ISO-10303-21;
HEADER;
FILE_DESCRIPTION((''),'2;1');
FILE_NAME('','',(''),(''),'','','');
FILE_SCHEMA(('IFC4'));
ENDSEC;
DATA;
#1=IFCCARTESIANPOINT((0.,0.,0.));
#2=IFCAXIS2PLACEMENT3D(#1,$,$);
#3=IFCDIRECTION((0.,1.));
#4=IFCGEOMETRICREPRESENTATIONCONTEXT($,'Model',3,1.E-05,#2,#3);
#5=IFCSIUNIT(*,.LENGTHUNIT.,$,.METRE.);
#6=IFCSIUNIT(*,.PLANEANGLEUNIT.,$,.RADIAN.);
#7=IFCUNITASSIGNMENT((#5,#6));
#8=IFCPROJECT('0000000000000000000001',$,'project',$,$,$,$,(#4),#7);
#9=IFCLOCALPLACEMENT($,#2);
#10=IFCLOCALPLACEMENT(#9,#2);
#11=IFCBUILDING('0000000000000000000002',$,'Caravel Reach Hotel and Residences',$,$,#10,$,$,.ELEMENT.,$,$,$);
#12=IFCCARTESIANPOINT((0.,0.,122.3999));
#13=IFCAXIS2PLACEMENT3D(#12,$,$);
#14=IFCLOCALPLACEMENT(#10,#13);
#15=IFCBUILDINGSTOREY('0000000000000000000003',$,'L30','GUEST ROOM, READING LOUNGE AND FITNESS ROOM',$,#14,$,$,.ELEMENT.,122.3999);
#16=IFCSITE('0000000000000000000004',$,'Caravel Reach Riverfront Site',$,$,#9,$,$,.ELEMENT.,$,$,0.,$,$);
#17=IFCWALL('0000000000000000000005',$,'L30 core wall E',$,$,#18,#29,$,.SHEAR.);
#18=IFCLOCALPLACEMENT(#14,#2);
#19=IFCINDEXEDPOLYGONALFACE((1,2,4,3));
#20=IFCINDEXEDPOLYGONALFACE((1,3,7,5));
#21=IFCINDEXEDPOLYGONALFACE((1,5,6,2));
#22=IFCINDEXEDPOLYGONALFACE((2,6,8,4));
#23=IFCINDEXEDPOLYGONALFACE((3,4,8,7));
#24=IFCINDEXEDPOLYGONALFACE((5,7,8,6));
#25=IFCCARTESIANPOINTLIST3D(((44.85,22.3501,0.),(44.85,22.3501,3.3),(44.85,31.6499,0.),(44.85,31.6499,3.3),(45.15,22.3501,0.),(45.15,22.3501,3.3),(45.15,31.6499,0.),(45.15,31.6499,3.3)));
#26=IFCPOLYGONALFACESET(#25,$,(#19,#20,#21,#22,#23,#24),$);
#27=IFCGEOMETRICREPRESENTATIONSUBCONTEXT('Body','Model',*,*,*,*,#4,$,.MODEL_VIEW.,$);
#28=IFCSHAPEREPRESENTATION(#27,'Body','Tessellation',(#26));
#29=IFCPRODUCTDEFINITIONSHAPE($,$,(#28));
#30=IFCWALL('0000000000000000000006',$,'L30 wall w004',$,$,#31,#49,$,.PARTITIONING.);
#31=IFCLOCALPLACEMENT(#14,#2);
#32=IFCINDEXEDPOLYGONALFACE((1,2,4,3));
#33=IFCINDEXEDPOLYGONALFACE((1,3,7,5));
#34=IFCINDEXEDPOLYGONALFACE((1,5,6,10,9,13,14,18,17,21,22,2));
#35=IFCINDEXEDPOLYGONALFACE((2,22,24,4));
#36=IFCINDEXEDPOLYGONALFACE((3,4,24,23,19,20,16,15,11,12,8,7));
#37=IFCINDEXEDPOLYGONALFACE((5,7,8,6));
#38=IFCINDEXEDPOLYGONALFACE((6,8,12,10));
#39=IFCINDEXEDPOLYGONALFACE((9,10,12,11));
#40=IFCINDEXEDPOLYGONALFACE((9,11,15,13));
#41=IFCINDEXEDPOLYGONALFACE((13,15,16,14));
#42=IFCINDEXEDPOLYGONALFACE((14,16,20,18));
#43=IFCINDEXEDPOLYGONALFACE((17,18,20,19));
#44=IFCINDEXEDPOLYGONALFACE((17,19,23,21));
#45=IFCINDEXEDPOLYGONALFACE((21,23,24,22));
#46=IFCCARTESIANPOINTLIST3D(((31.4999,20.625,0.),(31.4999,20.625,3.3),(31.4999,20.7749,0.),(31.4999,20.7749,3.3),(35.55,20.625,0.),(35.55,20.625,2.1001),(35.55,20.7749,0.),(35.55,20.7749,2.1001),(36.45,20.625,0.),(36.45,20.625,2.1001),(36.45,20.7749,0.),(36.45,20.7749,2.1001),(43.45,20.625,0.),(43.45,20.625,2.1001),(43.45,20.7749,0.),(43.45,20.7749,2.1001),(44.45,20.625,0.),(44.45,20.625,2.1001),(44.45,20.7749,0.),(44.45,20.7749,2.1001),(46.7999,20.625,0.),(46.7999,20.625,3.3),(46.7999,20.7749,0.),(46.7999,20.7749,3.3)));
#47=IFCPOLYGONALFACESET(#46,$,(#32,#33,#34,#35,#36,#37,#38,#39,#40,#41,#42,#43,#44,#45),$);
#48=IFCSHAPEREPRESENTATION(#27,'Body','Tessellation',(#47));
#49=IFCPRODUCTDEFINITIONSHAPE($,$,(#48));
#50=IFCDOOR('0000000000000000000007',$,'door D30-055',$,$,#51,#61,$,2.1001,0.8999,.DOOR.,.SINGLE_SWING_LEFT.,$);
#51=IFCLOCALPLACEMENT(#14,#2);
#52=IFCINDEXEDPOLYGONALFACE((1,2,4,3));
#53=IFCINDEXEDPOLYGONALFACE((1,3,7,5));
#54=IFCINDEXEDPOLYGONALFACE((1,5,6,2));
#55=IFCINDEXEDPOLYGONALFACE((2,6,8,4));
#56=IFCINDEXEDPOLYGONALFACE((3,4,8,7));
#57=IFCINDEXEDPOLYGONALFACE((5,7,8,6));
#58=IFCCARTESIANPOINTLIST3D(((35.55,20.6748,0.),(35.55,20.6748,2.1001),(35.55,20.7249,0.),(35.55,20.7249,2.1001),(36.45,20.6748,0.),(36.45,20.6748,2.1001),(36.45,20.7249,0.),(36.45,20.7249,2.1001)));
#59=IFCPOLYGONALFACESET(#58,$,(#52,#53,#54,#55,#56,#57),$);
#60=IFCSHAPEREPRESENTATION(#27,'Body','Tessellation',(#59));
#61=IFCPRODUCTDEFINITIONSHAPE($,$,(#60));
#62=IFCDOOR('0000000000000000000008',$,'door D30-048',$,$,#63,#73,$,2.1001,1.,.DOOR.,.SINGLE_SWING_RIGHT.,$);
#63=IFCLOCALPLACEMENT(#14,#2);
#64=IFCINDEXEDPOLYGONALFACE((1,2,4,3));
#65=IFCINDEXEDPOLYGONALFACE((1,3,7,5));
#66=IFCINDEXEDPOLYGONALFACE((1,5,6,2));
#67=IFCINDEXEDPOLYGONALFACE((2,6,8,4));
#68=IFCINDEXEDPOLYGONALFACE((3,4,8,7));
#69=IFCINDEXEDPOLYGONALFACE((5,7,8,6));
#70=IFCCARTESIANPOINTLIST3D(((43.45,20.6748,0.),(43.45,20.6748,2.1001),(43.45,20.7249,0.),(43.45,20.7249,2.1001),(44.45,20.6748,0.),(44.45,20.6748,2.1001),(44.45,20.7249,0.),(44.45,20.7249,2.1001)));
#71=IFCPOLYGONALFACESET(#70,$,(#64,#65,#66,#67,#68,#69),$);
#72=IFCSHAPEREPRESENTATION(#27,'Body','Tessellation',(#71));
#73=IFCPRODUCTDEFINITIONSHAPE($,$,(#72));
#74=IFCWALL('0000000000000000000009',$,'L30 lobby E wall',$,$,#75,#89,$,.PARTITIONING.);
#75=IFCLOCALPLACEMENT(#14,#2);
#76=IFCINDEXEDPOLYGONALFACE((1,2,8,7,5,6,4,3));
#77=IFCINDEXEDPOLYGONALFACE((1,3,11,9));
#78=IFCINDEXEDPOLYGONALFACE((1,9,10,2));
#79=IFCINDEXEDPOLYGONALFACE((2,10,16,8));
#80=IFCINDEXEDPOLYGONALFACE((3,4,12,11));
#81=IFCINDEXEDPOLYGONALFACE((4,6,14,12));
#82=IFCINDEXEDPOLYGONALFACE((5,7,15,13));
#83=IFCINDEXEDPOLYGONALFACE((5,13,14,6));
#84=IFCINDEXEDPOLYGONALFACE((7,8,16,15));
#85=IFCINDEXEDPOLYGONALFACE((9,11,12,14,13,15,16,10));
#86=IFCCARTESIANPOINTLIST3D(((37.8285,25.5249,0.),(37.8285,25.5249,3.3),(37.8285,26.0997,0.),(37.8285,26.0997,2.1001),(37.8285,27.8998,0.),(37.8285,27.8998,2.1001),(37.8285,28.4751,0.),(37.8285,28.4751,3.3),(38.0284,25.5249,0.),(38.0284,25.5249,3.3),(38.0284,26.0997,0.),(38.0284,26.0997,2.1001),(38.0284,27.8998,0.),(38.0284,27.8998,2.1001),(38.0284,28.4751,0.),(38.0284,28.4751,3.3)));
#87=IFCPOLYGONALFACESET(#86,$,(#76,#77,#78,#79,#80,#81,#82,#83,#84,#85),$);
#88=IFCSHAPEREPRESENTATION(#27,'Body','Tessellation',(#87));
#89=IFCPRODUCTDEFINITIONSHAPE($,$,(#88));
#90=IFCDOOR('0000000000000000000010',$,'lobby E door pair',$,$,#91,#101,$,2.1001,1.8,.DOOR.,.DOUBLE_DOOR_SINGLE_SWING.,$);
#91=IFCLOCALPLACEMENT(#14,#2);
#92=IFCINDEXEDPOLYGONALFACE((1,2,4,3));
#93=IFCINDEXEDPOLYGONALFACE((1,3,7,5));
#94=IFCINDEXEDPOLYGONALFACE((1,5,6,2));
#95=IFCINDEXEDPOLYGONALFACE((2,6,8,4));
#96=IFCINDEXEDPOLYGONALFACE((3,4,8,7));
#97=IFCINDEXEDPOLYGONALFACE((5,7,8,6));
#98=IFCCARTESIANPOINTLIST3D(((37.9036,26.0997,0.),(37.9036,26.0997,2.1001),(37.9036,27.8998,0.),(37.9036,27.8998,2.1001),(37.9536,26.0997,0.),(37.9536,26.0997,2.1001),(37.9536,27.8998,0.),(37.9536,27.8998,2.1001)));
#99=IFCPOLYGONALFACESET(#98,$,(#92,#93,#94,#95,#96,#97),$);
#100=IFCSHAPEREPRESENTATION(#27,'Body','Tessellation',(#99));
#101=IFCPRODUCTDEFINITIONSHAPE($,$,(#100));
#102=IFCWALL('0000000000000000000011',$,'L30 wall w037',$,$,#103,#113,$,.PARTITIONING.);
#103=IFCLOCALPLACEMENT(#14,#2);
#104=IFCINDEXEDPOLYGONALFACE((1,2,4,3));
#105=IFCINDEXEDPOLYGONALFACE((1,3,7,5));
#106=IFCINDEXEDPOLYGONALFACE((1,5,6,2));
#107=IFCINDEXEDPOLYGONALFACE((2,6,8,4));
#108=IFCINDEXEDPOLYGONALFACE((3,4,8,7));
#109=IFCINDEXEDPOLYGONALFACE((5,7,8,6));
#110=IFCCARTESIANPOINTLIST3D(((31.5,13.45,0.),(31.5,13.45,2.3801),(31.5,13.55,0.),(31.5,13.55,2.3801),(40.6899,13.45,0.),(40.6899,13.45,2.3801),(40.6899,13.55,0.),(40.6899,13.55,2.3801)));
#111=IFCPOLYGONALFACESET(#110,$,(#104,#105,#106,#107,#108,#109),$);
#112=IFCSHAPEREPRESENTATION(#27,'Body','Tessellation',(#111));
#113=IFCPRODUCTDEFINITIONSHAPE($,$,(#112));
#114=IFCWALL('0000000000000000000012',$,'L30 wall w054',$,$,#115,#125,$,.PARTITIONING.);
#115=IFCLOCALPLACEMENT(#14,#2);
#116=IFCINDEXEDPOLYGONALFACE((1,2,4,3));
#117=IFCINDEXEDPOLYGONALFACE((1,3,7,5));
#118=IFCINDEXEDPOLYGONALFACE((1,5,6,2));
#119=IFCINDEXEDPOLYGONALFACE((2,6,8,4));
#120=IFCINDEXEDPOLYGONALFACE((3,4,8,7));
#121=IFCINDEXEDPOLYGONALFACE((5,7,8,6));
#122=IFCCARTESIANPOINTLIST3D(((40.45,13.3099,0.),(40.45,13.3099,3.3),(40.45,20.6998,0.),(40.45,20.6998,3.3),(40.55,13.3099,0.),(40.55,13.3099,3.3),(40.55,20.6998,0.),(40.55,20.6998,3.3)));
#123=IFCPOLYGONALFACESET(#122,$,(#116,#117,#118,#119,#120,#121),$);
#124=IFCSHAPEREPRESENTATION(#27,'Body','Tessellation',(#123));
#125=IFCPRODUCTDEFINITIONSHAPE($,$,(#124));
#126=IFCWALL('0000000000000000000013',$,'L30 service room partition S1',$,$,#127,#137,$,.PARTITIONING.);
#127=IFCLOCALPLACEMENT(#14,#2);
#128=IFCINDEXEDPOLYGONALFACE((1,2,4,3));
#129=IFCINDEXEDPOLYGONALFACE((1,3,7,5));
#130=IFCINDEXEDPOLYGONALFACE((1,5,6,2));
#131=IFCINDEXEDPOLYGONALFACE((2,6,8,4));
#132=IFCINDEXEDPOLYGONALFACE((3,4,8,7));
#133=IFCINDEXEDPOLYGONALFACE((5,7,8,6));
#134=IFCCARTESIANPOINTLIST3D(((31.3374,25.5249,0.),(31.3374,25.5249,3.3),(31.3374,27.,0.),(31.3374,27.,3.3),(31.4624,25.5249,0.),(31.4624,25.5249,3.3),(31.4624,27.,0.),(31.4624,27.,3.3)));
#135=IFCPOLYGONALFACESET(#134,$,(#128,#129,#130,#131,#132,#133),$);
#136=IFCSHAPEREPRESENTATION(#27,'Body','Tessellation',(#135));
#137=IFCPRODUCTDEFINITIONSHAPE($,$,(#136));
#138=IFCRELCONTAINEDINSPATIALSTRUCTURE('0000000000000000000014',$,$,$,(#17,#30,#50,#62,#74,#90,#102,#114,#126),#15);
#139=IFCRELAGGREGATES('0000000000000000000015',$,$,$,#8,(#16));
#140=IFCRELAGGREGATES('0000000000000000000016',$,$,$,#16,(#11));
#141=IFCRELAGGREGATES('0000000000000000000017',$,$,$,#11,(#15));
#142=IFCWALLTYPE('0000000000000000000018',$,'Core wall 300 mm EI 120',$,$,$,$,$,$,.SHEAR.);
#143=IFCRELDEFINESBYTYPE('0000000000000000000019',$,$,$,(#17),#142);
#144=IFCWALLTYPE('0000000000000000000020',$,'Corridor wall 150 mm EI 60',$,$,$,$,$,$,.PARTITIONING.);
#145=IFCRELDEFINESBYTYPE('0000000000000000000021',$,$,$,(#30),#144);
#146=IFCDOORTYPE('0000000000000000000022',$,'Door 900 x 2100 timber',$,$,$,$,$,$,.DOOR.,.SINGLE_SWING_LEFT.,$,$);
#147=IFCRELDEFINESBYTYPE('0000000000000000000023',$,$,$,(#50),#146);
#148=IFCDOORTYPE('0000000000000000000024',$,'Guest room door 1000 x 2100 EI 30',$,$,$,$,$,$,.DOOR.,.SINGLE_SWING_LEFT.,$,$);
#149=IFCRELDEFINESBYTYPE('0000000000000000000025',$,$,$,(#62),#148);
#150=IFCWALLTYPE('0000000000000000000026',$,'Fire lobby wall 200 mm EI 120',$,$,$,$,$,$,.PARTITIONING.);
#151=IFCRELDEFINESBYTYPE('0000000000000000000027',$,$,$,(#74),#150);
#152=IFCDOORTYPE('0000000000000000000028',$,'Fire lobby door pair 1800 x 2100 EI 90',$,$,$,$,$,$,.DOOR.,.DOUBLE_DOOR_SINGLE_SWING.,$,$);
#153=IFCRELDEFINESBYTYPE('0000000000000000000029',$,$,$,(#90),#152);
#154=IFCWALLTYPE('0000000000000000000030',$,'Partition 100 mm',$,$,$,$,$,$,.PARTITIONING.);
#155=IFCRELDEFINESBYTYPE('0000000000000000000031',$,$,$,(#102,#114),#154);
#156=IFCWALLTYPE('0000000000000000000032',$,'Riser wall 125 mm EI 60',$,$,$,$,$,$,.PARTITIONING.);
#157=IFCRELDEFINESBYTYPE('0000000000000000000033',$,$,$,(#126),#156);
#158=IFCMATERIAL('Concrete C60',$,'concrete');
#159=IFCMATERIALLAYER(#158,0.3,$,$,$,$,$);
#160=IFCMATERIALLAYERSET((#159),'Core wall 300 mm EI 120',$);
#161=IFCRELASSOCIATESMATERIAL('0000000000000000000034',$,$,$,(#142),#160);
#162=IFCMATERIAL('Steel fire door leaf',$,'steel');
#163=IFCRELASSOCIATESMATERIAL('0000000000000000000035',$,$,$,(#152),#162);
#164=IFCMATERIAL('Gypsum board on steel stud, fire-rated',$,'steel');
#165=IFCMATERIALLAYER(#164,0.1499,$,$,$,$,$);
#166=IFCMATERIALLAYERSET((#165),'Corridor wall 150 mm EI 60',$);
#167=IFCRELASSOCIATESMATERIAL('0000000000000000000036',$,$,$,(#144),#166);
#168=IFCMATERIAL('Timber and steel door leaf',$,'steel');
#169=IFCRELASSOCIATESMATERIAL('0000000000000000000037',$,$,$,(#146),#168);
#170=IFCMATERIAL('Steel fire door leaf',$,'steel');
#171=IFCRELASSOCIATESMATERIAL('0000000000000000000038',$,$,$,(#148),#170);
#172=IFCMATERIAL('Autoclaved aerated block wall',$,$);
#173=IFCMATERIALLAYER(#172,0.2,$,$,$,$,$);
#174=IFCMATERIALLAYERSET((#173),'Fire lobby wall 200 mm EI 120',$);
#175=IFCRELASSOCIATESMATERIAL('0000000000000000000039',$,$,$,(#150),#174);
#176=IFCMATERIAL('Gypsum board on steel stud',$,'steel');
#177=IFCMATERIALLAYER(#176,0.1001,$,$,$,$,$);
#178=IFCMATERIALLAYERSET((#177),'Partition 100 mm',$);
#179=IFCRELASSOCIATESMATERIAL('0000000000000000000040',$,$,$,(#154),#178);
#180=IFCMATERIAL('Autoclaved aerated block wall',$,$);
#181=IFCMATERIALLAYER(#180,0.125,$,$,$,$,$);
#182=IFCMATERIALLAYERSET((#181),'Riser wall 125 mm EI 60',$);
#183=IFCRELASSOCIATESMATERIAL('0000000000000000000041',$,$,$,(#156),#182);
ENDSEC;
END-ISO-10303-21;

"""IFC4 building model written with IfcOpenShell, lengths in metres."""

from ifc_helpers import new_model, si_unit, direction, frame, frame_2d, origin, place, context, subcontext, project, spatial, rectangle, extrude, material, layer, layer_set, type_object, element, fill, save


model = new_model("IFC4")

# Units and contexts
model_context = context("Model", 3, precision=1e-05, world=origin(), true_north=direction((0.0, 1.0)))
body_context = subcontext(model_context, "Body", "Model", "MODEL_VIEW")
ifc_project = project(units=[si_unit("LENGTHUNIT", "METRE"), si_unit("PLANEANGLEUNIT", "RADIAN")], contexts=[model_context])

# Site, building, storey
site_placement = place(None, origin())
site = spatial("IfcSite", under=ifc_project, at=site_placement, Name="Caravel Reach Riverfront Site", CompositionType="ELEMENT", RefElevation=0.0)
building_placement = place(site_placement, origin())
building = spatial("IfcBuilding", under=site, at=building_placement, Name="Caravel Reach Hotel and Residences", CompositionType="ELEMENT")
storey_placement = place(building_placement, frame((0.0, 0.0, 122.3999)))
storey = spatial("IfcBuildingStorey", under=building, at=storey_placement, Name="L30", Description="GUEST ROOM, READING LOUNGE AND FITNESS ROOM", CompositionType="ELEMENT", Elevation=122.3999)

# Shared definitions
ifc_material_1 = material(Name="Concrete C60", Category="concrete")
ifc_layer_1 = layer(ifc_material_1, 0.3)
ifc_layer_set_1 = layer_set([ifc_layer_1], Name="Core wall 300 mm EI 120")
wall_type_1 = type_object("IfcWallType", Name="Core wall 300 mm EI 120", PredefinedType="SHEAR", material=ifc_layer_set_1)
ifc_material_2 = material(Name="Steel fire door leaf", Category="steel")
door_type_1 = type_object("IfcDoorType", Name="Fire lobby door pair 1800 x 2100 EI 90", OperationType="DOUBLE_DOOR_SINGLE_SWING", PredefinedType="DOOR", material=ifc_material_2)

# Wall
wall_1_placement = place(storey_placement, frame((45.0, 22.3501, 0.0), z_axis=(0.0, 0.0, 1.0), x_axis=(0.0, 1.0, 0.0)))
element("IfcWall", 1, at=wall_1_placement, inside=storey, type_object=wall_type_1, Name="L30 core wall E", PredefinedType="SHEAR", context=body_context, shape_type="SweptSolid", body=[
    extrude(rectangle(XDim=9.2998, YDim=0.3, at=frame_2d((4.6499, 0.0))), origin(), (0.0, 0.0, 1.0), 3.3),
])

# Wall, openings, doors
ifc_material_3 = material(Name="Gypsum board on steel stud, fire-rated", Category="steel")
ifc_layer_2 = layer(ifc_material_3, 0.1499)
ifc_layer_set_2 = layer_set([ifc_layer_2], Name="Corridor wall 150 mm EI 60")
wall_type_2 = type_object("IfcWallType", Name="Corridor wall 150 mm EI 60", PredefinedType="PARTITIONING", material=ifc_layer_set_2)
wall_2_placement = place(storey_placement, frame((31.5, 20.7, 0.0), z_axis=(0.0, 0.0, 1.0), x_axis=(1.0, 0.0, 0.0)))
wall_2 = element("IfcWall", 2, at=wall_2_placement, inside=storey, type_object=wall_type_2, Name="L30 wall w004", PredefinedType="PARTITIONING", context=body_context, shape_type="SweptSolid", body=[
    extrude(rectangle(XDim=15.3, YDim=0.1499, at=frame_2d((7.6499, 0.0))), origin(), (0.0, 0.0, 1.0), 3.3),
])
opening_1_placement = place(wall_2_placement, frame((11.95, 0.0, 0.0)))
opening_1 = element("IfcOpeningElement", 3, at=opening_1_placement, cuts=wall_2, PredefinedType="OPENING", context=body_context, shape_type="SweptSolid", body=[
    extrude(rectangle(XDim=1.0, YDim=2.1001, at=frame_2d((0.5, 1.05))), frame((0.0, 0.085, 0.0), z_axis=(0.0, -1.0, 0.0), x_axis=(1.0, 0.0, 0.0)), (0.0, 0.0, 1.0), 0.1699),
])
opening_2_placement = place(wall_2_placement, frame((4.05, 0.0, 0.0)))
opening_2 = element("IfcOpeningElement", 4, at=opening_2_placement, cuts=wall_2, PredefinedType="OPENING", context=body_context, shape_type="SweptSolid", body=[
    extrude(rectangle(XDim=0.8999, YDim=2.1001, at=frame_2d((0.45, 1.05))), frame((0.0, 0.085, 0.0), z_axis=(0.0, -1.0, 0.0), x_axis=(1.0, 0.0, 0.0)), (0.0, 0.0, 1.0), 0.1699),
])
ifc_material_4 = material(Name="Timber and steel door leaf", Category="steel")
door_type_2 = type_object("IfcDoorType", Name="Door 900 x 2100 timber", OperationType="SINGLE_SWING_LEFT", PredefinedType="DOOR", material=ifc_material_4)
door_1_placement = place(opening_2_placement, origin())
door_1 = element("IfcDoor", 5, at=door_1_placement, inside=storey, type_object=door_type_2, Name="door D30-055", OperationType="SINGLE_SWING_LEFT", OverallHeight=2.1001, OverallWidth=0.8999, PredefinedType="DOOR", context=body_context, shape_type="SweptSolid", body=[
    extrude(rectangle(XDim=0.8999, YDim=2.1001, at=frame_2d((0.45, 1.05))), frame((0.0, 0.0249, 0.0), z_axis=(0.0, -1.0, 0.0), x_axis=(1.0, 0.0, 0.0)), (0.0, 0.0, 1.0), 0.05),
])
fill(opening_2, door_1)
ifc_material_5 = material(Name="Steel fire door leaf", Category="steel")
door_type_3 = type_object("IfcDoorType", Name="Guest room door 1000 x 2100 EI 30", OperationType="SINGLE_SWING_LEFT", PredefinedType="DOOR", material=ifc_material_5)
door_2_placement = place(opening_1_placement, origin())
door_2 = element("IfcDoor", 6, at=door_2_placement, inside=storey, type_object=door_type_3, Name="door D30-048", OperationType="SINGLE_SWING_RIGHT", OverallHeight=2.1001, OverallWidth=1.0, PredefinedType="DOOR", context=body_context, shape_type="SweptSolid", body=[
    extrude(rectangle(XDim=1.0, YDim=2.1001, at=frame_2d((0.5, 1.05))), frame((0.0, 0.0249, 0.0), z_axis=(0.0, -1.0, 0.0), x_axis=(1.0, 0.0, 0.0)), (0.0, 0.0, 1.0), 0.05),
])
fill(opening_1, door_2)

# Wall, opening, door
ifc_material_6 = material(Name="Autoclaved aerated block wall")
ifc_layer_3 = layer(ifc_material_6, 0.2)
ifc_layer_set_3 = layer_set([ifc_layer_3], Name="Fire lobby wall 200 mm EI 120")
wall_type_3 = type_object("IfcWallType", Name="Fire lobby wall 200 mm EI 120", PredefinedType="PARTITIONING", material=ifc_layer_set_3)
wall_3_placement = place(storey_placement, frame((37.9285, 25.5249, 0.0), z_axis=(0.0, 0.0, 1.0), x_axis=(0.0, 1.0, 0.0)))
wall_3 = element("IfcWall", 7, at=wall_3_placement, inside=storey, type_object=wall_type_3, Name="L30 lobby E wall", PredefinedType="PARTITIONING", context=body_context, shape_type="SweptSolid", body=[
    extrude(rectangle(XDim=2.9502, YDim=0.2, at=frame_2d((1.4751, 0.0))), origin(), (0.0, 0.0, 1.0), 3.3),
])
opening_3_placement = place(wall_3_placement, frame((0.575, 0.0, 0.0)))
opening_3 = element("IfcOpeningElement", 8, at=opening_3_placement, cuts=wall_3, PredefinedType="OPENING", context=body_context, shape_type="SweptSolid", body=[
    extrude(rectangle(XDim=1.8, YDim=2.1001, at=frame_2d((0.8999, 1.05))), frame((0.0, 0.1099, 0.0), z_axis=(0.0, -1.0, 0.0), x_axis=(1.0, 0.0, 0.0)), (0.0, 0.0, 1.0), 0.22),
])
door_3_placement = place(opening_3_placement, origin())
door_3 = element("IfcDoor", 9, at=door_3_placement, inside=storey, type_object=door_type_1, Name="lobby E door pair", OperationType="DOUBLE_DOOR_SINGLE_SWING", OverallHeight=2.1001, OverallWidth=1.8, PredefinedType="DOOR", context=body_context, shape_type="SweptSolid", body=[
    extrude(rectangle(XDim=1.8, YDim=2.1001, at=frame_2d((0.8999, 1.05))), frame((0.0, 0.0249, 0.0), z_axis=(0.0, -1.0, 0.0), x_axis=(1.0, 0.0, 0.0)), (0.0, 0.0, 1.0), 0.05),
])
fill(opening_3, door_3)

# Walls
ifc_material_7 = material(Name="Gypsum board on steel stud", Category="steel")
ifc_layer_4 = layer(ifc_material_7, 0.1001)
ifc_layer_set_4 = layer_set([ifc_layer_4], Name="Partition 100 mm")
wall_type_4 = type_object("IfcWallType", Name="Partition 100 mm", PredefinedType="PARTITIONING", material=ifc_layer_set_4)
wall_4_placement = place(storey_placement, frame((31.5, 13.5, 0.0), z_axis=(0.0, 0.0, 1.0), x_axis=(1.0, 0.0, 0.0)))
element("IfcWall", 10, at=wall_4_placement, inside=storey, type_object=wall_type_4, Name="L30 wall w037", PredefinedType="PARTITIONING", context=body_context, shape_type="SweptSolid", body=[
    extrude(rectangle(XDim=9.1899, YDim=0.1001, at=frame_2d((4.595, 0.0))), origin(), (0.0, 0.0, 1.0), 2.3801),
])
wall_5_placement = place(storey_placement, frame((40.5, 13.3101, 0.0), z_axis=(0.0, 0.0, 1.0), x_axis=(0.0, 1.0, 0.0)))
element("IfcWall", 11, at=wall_5_placement, inside=storey, type_object=wall_type_4, Name="L30 wall w054", PredefinedType="PARTITIONING", context=body_context, shape_type="SweptSolid", body=[
    extrude(rectangle(XDim=7.3899, YDim=0.1001, at=frame_2d((3.6948, 0.0))), origin(), (0.0, 0.0, 1.0), 3.3),
])
ifc_material_8 = material(Name="Autoclaved aerated block wall")
ifc_layer_5 = layer(ifc_material_8, 0.125)
ifc_layer_set_5 = layer_set([ifc_layer_5], Name="Riser wall 125 mm EI 60")
wall_type_5 = type_object("IfcWallType", Name="Riser wall 125 mm EI 60", PredefinedType="PARTITIONING", material=ifc_layer_set_5)
wall_6_placement = place(storey_placement, frame((31.3999, 25.5249, 0.0), z_axis=(0.0, 0.0, 1.0), x_axis=(0.0, 1.0, 0.0)))
element("IfcWall", 12, at=wall_6_placement, inside=storey, type_object=wall_type_5, Name="L30 service room partition S1", PredefinedType="PARTITIONING", context=body_context, shape_type="SweptSolid", body=[
    extrude(rectangle(XDim=1.4751, YDim=0.125, at=frame_2d((0.7375, 0.0))), origin(), (0.0, 0.0, 1.0), 3.3),
])

save(model, "model.ifc")
